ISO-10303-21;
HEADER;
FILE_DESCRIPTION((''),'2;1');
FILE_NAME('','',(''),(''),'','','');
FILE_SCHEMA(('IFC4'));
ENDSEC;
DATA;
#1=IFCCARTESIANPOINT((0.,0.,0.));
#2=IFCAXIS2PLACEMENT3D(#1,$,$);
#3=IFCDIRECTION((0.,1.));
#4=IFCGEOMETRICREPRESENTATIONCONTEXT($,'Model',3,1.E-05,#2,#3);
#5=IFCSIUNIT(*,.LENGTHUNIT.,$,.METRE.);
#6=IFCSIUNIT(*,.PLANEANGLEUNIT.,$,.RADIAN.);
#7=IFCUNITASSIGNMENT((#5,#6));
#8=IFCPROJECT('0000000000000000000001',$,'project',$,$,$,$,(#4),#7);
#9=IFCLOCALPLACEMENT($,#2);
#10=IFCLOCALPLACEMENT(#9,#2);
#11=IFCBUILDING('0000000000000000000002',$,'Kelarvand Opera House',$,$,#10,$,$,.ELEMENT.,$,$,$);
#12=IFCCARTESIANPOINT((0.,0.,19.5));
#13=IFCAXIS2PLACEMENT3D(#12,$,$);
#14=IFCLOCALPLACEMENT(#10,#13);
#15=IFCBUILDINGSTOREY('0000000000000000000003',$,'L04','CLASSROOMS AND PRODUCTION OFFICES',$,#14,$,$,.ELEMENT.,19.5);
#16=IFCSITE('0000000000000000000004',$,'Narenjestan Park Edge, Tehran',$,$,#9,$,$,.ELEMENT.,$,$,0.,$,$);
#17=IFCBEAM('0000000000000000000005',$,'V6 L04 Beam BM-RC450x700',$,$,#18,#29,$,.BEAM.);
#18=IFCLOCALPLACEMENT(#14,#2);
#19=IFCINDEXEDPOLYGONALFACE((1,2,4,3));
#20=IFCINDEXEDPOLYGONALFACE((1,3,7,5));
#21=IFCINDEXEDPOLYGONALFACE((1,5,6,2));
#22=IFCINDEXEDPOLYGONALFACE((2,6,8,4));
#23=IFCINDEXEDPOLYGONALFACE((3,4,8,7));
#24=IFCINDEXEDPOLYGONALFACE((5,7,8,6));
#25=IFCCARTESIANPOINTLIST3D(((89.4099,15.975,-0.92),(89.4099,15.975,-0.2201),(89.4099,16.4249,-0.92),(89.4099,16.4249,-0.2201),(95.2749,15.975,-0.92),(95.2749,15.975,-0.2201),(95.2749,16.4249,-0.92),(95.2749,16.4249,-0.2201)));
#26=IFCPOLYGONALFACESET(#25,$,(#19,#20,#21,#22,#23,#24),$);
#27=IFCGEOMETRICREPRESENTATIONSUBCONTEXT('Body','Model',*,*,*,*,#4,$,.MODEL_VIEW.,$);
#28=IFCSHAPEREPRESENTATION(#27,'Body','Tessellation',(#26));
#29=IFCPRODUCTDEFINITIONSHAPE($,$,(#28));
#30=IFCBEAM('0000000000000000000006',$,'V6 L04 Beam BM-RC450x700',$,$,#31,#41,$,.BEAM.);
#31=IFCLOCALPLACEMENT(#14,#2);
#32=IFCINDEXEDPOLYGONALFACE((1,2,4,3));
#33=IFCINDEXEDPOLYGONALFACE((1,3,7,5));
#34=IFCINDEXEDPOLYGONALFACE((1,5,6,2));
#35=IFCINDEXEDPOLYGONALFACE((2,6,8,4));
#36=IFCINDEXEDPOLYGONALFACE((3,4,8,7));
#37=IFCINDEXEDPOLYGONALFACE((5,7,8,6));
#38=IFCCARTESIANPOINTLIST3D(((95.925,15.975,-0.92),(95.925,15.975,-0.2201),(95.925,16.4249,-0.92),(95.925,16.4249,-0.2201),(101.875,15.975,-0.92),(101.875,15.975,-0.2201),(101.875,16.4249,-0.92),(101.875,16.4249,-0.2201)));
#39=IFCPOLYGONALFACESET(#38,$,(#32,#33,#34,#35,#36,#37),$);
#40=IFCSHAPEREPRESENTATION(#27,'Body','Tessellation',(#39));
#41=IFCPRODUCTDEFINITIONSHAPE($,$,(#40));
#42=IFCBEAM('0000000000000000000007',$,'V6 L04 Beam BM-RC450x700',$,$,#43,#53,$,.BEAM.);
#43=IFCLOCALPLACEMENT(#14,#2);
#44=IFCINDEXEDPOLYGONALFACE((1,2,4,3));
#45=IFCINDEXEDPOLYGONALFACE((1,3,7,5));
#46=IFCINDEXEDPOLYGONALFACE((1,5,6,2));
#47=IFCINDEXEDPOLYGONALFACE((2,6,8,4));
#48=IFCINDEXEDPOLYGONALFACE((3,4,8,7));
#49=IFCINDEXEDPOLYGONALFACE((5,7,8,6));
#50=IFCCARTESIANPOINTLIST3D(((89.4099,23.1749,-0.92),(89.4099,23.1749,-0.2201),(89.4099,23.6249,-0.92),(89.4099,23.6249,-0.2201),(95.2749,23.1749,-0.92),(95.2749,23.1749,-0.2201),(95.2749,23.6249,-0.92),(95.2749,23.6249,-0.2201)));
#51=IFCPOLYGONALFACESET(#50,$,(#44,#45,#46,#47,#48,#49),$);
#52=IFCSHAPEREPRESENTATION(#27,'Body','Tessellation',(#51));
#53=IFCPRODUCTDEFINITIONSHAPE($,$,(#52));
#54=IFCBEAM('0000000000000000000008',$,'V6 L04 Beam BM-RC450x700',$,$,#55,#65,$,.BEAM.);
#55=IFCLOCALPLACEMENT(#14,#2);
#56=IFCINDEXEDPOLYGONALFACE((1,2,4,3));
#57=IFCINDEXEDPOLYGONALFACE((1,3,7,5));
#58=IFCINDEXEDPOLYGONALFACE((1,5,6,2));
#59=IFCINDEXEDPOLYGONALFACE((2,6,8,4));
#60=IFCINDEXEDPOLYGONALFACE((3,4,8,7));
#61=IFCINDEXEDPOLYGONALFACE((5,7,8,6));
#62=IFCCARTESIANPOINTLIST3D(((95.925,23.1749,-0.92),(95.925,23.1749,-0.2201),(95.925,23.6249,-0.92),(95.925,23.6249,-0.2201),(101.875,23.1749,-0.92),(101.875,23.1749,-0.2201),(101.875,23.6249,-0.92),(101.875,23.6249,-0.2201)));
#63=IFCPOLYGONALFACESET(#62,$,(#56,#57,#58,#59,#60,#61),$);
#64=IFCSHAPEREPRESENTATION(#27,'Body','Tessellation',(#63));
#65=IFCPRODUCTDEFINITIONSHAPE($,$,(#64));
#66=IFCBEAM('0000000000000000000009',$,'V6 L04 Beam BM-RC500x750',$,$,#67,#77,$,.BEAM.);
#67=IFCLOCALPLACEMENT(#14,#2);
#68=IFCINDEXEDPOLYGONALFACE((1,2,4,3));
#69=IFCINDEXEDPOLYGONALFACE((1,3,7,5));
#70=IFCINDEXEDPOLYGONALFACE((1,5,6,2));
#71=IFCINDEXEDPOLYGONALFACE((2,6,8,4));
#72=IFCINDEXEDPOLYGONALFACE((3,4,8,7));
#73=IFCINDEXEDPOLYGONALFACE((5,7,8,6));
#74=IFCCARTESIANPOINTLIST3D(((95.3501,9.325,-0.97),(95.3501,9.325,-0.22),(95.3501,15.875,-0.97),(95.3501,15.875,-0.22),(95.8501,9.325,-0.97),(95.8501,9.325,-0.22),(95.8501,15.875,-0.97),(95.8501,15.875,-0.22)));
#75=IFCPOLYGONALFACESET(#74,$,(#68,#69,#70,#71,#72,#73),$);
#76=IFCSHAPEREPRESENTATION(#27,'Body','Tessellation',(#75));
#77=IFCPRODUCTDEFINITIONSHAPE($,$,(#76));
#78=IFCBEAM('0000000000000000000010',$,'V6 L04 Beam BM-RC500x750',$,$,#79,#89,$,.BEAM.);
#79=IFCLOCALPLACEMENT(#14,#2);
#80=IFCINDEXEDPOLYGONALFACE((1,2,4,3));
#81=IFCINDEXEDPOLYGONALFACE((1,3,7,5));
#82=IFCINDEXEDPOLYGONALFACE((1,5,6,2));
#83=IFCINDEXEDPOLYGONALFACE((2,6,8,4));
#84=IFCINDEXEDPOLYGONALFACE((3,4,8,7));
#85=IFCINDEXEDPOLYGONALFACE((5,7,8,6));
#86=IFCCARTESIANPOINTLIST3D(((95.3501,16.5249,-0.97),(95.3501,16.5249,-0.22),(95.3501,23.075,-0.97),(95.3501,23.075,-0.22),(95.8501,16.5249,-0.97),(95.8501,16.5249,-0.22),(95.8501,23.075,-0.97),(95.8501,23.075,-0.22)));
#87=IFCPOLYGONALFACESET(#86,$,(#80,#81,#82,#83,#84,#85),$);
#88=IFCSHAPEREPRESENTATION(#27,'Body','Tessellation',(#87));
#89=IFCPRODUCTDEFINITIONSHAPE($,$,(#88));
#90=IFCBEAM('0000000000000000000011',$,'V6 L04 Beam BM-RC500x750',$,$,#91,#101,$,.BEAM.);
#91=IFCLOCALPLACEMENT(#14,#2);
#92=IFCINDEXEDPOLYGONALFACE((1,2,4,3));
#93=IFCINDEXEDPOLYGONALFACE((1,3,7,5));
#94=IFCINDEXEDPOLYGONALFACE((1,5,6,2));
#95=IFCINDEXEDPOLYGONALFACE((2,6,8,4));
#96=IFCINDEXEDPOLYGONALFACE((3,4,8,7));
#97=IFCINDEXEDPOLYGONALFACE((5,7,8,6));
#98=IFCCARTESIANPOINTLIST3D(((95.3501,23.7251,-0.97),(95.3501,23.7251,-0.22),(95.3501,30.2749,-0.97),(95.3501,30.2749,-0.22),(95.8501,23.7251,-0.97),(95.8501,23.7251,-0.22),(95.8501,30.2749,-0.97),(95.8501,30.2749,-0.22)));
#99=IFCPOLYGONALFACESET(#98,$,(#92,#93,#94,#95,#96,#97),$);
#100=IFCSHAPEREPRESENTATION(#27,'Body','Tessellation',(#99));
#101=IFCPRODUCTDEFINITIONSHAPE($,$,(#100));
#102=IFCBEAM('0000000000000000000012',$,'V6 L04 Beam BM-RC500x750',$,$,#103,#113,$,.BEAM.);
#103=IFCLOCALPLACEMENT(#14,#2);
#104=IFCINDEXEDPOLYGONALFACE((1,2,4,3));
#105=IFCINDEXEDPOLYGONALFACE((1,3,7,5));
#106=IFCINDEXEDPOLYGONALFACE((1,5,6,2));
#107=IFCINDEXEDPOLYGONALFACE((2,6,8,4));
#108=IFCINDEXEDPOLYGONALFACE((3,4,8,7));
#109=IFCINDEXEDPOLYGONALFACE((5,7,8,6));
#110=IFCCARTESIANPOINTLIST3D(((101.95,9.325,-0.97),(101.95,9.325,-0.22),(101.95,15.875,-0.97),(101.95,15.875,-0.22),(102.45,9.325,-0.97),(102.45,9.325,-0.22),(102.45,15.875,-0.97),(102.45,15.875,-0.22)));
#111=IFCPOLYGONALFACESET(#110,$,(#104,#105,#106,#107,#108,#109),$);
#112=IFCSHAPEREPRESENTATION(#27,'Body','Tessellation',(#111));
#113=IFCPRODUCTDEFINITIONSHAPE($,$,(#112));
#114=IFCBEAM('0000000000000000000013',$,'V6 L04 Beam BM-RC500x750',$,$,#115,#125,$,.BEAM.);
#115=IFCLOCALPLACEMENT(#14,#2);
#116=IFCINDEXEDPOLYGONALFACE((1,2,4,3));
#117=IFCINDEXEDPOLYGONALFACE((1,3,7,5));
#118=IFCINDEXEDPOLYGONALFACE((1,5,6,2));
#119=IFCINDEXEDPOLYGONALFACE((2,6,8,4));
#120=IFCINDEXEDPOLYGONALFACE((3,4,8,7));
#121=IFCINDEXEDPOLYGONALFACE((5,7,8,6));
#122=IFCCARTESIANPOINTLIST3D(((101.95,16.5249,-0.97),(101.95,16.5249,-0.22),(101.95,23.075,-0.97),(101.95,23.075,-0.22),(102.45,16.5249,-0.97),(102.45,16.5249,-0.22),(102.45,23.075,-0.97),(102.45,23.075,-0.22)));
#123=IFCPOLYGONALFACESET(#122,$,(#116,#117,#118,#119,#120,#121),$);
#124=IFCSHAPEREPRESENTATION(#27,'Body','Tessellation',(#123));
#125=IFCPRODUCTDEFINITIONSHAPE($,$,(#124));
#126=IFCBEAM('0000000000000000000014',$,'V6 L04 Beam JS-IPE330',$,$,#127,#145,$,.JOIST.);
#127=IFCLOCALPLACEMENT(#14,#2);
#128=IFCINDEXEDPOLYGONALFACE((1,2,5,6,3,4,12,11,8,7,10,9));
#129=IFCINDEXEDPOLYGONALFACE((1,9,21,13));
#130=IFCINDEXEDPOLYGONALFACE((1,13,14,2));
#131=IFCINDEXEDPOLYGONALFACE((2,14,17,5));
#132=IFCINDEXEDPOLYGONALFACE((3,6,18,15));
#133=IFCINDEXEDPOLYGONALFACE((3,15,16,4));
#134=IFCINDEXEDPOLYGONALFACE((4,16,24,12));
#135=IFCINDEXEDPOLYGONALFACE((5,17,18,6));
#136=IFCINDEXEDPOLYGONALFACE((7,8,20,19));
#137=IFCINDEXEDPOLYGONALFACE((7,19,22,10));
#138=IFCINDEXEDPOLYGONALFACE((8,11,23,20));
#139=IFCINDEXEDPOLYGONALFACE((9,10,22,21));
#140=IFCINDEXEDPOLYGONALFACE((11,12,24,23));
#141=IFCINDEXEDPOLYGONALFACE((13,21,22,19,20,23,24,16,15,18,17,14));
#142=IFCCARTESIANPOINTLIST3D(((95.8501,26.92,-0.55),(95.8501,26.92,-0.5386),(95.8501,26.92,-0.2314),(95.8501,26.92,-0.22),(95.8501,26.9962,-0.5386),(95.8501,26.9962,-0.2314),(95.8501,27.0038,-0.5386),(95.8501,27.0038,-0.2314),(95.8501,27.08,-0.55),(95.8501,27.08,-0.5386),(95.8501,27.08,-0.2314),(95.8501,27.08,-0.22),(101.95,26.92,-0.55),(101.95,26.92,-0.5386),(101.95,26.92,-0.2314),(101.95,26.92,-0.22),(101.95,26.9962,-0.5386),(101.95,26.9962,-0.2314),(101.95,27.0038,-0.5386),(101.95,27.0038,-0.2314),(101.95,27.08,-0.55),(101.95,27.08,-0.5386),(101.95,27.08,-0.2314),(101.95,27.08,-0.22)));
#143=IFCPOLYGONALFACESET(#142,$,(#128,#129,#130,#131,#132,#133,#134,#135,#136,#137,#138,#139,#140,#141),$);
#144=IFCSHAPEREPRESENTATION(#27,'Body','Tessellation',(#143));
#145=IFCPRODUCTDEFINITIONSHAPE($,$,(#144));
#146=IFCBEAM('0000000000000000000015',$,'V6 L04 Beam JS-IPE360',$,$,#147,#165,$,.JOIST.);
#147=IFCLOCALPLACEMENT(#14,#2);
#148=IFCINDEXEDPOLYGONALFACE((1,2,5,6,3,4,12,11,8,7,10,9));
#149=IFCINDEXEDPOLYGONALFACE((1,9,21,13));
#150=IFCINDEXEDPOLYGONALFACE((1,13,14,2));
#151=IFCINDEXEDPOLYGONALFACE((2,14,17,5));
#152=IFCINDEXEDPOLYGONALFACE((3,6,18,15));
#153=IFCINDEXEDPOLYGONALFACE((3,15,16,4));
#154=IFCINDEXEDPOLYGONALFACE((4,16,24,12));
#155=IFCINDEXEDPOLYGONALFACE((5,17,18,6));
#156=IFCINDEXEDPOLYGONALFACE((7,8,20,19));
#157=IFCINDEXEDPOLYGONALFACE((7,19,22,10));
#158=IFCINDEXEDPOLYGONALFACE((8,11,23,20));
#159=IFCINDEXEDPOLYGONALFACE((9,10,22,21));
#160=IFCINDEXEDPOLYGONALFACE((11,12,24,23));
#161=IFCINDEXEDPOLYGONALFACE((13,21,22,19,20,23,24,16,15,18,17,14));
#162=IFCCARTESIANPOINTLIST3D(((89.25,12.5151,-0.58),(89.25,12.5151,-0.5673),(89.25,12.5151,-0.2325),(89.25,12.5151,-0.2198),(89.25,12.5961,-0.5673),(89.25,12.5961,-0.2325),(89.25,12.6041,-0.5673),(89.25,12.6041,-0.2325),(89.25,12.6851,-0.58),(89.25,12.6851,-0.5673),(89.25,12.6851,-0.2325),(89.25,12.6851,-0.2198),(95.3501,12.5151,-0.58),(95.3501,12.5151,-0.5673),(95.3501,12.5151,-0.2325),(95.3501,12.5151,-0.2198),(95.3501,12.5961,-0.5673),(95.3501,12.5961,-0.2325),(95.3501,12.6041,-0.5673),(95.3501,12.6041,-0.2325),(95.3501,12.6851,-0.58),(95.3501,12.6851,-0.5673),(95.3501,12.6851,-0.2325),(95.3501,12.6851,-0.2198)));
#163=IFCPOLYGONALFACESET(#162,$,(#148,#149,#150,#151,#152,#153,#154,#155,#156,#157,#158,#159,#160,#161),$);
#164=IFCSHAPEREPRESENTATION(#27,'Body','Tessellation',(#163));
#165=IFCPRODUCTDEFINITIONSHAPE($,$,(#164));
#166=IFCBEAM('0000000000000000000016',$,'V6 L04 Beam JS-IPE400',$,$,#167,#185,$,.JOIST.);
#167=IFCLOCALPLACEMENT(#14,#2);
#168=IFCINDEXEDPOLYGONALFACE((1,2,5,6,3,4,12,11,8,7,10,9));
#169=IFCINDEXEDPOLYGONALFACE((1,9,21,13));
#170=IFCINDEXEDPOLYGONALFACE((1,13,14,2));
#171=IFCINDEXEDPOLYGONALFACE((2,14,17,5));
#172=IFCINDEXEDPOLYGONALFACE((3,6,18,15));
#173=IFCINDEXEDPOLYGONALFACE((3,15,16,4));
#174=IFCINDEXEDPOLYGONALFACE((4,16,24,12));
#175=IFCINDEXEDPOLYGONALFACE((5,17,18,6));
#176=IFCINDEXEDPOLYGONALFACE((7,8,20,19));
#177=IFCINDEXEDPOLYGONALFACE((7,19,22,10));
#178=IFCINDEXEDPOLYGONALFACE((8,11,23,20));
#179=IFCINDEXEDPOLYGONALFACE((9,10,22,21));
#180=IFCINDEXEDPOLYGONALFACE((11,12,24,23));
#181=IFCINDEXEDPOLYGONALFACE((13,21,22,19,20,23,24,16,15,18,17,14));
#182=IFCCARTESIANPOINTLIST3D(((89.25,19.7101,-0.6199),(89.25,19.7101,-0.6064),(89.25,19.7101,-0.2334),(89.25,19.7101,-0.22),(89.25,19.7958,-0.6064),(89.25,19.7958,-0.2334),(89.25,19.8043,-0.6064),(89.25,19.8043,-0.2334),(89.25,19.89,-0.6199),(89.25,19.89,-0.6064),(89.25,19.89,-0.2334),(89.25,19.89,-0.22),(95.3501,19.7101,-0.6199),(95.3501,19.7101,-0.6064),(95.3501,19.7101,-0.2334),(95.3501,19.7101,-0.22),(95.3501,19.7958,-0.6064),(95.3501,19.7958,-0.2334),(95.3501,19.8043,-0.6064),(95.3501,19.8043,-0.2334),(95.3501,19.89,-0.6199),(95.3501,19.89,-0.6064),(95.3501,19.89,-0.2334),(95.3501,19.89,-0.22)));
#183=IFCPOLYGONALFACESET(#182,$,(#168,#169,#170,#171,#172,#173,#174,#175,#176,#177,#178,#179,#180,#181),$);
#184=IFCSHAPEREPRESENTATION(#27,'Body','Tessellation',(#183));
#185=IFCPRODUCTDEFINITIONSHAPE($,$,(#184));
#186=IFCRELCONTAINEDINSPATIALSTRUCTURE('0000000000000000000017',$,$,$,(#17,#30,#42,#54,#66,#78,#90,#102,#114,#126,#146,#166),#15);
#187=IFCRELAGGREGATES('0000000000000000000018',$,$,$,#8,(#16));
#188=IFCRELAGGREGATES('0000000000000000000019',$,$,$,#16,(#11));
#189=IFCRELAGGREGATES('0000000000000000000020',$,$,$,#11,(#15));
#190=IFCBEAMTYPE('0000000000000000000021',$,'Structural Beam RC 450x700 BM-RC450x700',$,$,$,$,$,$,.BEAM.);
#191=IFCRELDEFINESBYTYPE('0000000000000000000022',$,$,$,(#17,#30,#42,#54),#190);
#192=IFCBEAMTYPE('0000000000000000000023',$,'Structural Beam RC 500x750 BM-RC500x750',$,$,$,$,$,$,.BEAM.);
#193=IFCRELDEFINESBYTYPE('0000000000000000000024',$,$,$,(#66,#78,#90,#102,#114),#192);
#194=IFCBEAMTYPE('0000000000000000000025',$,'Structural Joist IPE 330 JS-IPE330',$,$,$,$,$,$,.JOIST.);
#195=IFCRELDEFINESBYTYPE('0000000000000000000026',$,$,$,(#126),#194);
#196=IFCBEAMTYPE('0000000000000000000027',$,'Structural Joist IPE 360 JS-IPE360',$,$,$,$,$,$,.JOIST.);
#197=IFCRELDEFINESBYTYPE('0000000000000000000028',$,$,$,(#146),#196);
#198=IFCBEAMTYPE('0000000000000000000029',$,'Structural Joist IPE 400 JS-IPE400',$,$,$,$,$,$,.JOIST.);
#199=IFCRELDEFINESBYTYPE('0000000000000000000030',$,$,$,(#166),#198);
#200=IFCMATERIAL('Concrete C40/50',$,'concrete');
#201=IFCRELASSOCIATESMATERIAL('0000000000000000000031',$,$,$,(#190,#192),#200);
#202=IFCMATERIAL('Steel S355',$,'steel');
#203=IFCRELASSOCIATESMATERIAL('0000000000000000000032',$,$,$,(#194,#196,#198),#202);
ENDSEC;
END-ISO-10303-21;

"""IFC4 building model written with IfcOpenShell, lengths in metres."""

from ifc_helpers import new_model, si_unit, direction, frame, origin, origin_2d, place, context, subcontext, project, spatial, rectangle, i_section, extrude, material, material_profile, profile_set, type_object, element, save


model = new_model("IFC4")

# Units and contexts
model_context = context("Model", 3, precision=1e-05, world=origin(), true_north=direction((0.0, 1.0)))
body_context = subcontext(model_context, "Body", "Model", "MODEL_VIEW")
ifc_project = project(units=[si_unit("LENGTHUNIT", "METRE"), si_unit("PLANEANGLEUNIT", "RADIAN")], contexts=[model_context])

# Site, building, storey
site_placement = place(None, origin())
site = spatial("IfcSite", under=ifc_project, at=site_placement, Name="Narenjestan Park Edge, Tehran", CompositionType="ELEMENT", RefElevation=0.0)
building_placement = place(site_placement, origin())
building = spatial("IfcBuilding", under=site, at=building_placement, Name="Kelarvand Opera House", CompositionType="ELEMENT")
storey_placement = place(building_placement, frame((0.0, 0.0, 19.5)))
storey = spatial("IfcBuildingStorey", under=building, at=storey_placement, Name="L04", Description="CLASSROOMS AND PRODUCTION OFFICES", CompositionType="ELEMENT", Elevation=19.5)

# Beams
ifc_material_1 = material(Name="Concrete C40/50", Category="concrete")
ifc_material_profile_1 = material_profile(ifc_material_1, rectangle(XDim=0.45, YDim=0.7, at=origin_2d()), Name="RC 450x700", Category="concrete")
ifc_profile_set_1 = profile_set([ifc_material_profile_1], Name="Concrete C40/50")
beam_type_1 = type_object("IfcBeamType", Name="Structural Beam RC 450x700 BM-RC450x700", PredefinedType="BEAM", material=ifc_profile_set_1)
beam_1_placement = place(storey_placement, frame((89.4099, 16.2, -0.5701), z_axis=(1.0, 0.0, 0.0), x_axis=(0.0, 1.0, 0.0)))
element("IfcBeam", 1, at=beam_1_placement, inside=storey, type_object=beam_type_1, Name="V6 L04 Beam BM-RC450x700", PredefinedType="BEAM", context=body_context, shape_type="SweptSolid", body=[
    extrude(rectangle(XDim=0.45, YDim=0.7, at=origin_2d()), origin(), (0.0, 0.0, 1.0), 5.865),
])
beam_2_placement = place(storey_placement, frame((95.925, 16.2, -0.5701), z_axis=(1.0, 0.0, 0.0), x_axis=(0.0, 1.0, 0.0)))
element("IfcBeam", 2, at=beam_2_placement, inside=storey, type_object=beam_type_1, Name="V6 L04 Beam BM-RC450x700", PredefinedType="BEAM", context=body_context, shape_type="SweptSolid", body=[
    extrude(rectangle(XDim=0.45, YDim=0.7, at=origin_2d()), origin(), (0.0, 0.0, 1.0), 5.95),
])
beam_3_placement = place(storey_placement, frame((89.4099, 23.3999, -0.5701), z_axis=(1.0, 0.0, 0.0), x_axis=(0.0, 1.0, 0.0)))
element("IfcBeam", 3, at=beam_3_placement, inside=storey, type_object=beam_type_1, Name="V6 L04 Beam BM-RC450x700", PredefinedType="BEAM", context=body_context, shape_type="SweptSolid", body=[
    extrude(rectangle(XDim=0.45, YDim=0.7, at=origin_2d()), origin(), (0.0, 0.0, 1.0), 5.865),
])
beam_4_placement = place(storey_placement, frame((95.925, 23.3999, -0.5701), z_axis=(1.0, 0.0, 0.0), x_axis=(0.0, 1.0, 0.0)))
element("IfcBeam", 4, at=beam_4_placement, inside=storey, type_object=beam_type_1, Name="V6 L04 Beam BM-RC450x700", PredefinedType="BEAM", context=body_context, shape_type="SweptSolid", body=[
    extrude(rectangle(XDim=0.45, YDim=0.7, at=origin_2d()), origin(), (0.0, 0.0, 1.0), 5.95),
])
ifc_material_profile_2 = material_profile(ifc_material_1, rectangle(XDim=0.5, YDim=0.75, at=origin_2d()), Name="RC 500x750", Category="concrete")
ifc_profile_set_2 = profile_set([ifc_material_profile_2], Name="Concrete C40/50")
beam_type_2 = type_object("IfcBeamType", Name="Structural Beam RC 500x750 BM-RC500x750", PredefinedType="BEAM", material=ifc_profile_set_2)
for number, where, z_axis, x_axis, name in (
    (5, (95.6001, 9.325, -0.595), (0.0, 1.0, 0.0), (-1.0, 0.0, 0.0), "V6 L04 Beam BM-RC500x750"),
    (6, (95.6001, 16.5249, -0.595), (0.0, 1.0, 0.0), (-1.0, 0.0, 0.0), "V6 L04 Beam BM-RC500x750"),
):
    element("IfcBeam", number, at=place(storey_placement, frame(where, z_axis=z_axis, x_axis=x_axis)), inside=storey, type_object=beam_type_2, Name=name, PredefinedType="BEAM", context=body_context, shape_type="SweptSolid", body=[
        extrude(rectangle(XDim=0.5, YDim=0.75, at=origin_2d()), origin(), (0.0, 0.0, 1.0), 6.55),
    ])
beam_5_placement = place(storey_placement, frame((95.6001, 23.7251, -0.595), z_axis=(0.0, 1.0, 0.0), x_axis=(-1.0, 0.0, 0.0)))
element("IfcBeam", 7, at=beam_5_placement, inside=storey, type_object=beam_type_2, Name="V6 L04 Beam BM-RC500x750", PredefinedType="BEAM", context=body_context, shape_type="SweptSolid", body=[
    extrude(rectangle(XDim=0.5, YDim=0.75, at=origin_2d()), origin(), (0.0, 0.0, 1.0), 6.5498),
])
for number, where, z_axis, x_axis, name in (
    (8, (102.2, 9.325, -0.595), (0.0, 1.0, 0.0), (-1.0, 0.0, 0.0), "V6 L04 Beam BM-RC500x750"),
    (9, (102.2, 16.5249, -0.595), (0.0, 1.0, 0.0), (-1.0, 0.0, 0.0), "V6 L04 Beam BM-RC500x750"),
):
    element("IfcBeam", number, at=place(storey_placement, frame(where, z_axis=z_axis, x_axis=x_axis)), inside=storey, type_object=beam_type_2, Name=name, PredefinedType="BEAM", context=body_context, shape_type="SweptSolid", body=[
        extrude(rectangle(XDim=0.5, YDim=0.75, at=origin_2d()), origin(), (0.0, 0.0, 1.0), 6.55),
    ])
ifc_material_2 = material(Name="Steel S355", Category="steel")
ifc_material_profile_3 = material_profile(ifc_material_2, i_section(OverallWidth=0.1599, OverallDepth=0.3301, WebThickness=0.0076, FlangeThickness=0.0115, at=origin_2d()), Name="IPE 330", Category="steel")
ifc_profile_set_3 = profile_set([ifc_material_profile_3], Name="Steel S355")
beam_type_3 = type_object("IfcBeamType", Name="Structural Joist IPE 330 JS-IPE330", PredefinedType="JOIST", material=ifc_profile_set_3)
beam_6_placement = place(storey_placement, frame((95.8501, 27.0, -0.385), z_axis=(1.0, 0.0, 0.0), x_axis=(0.0, 1.0, 0.0)))
element("IfcBeam", 10, at=beam_6_placement, inside=storey, type_object=beam_type_3, Name="V6 L04 Beam JS-IPE330", PredefinedType="JOIST", context=body_context, shape_type="SweptSolid", body=[
    extrude(i_section(OverallWidth=0.1599, OverallDepth=0.3301, WebThickness=0.0076, FlangeThickness=0.0115, at=origin_2d()), origin(), (0.0, 0.0, 1.0), 6.0999),
])
ifc_material_profile_4 = material_profile(ifc_material_2, i_section(OverallWidth=0.1699, OverallDepth=0.3601, WebThickness=0.0081, FlangeThickness=0.0127, at=origin_2d()), Name="IPE 360", Category="steel")
ifc_profile_set_4 = profile_set([ifc_material_profile_4], Name="Steel S355")
beam_type_4 = type_object("IfcBeamType", Name="Structural Joist IPE 360 JS-IPE360", PredefinedType="JOIST", material=ifc_profile_set_4)
beam_7_placement = place(storey_placement, frame((89.25, 12.6001, -0.3999), z_axis=(1.0, 0.0, 0.0), x_axis=(0.0, 1.0, 0.0)))
element("IfcBeam", 11, at=beam_7_placement, inside=storey, type_object=beam_type_4, Name="V6 L04 Beam JS-IPE360", PredefinedType="JOIST", context=body_context, shape_type="SweptSolid", body=[
    extrude(i_section(OverallWidth=0.1699, OverallDepth=0.3601, WebThickness=0.0081, FlangeThickness=0.0127, at=origin_2d()), origin(), (0.0, 0.0, 1.0), 6.1001),
])
ifc_material_profile_5 = material_profile(ifc_material_2, i_section(OverallWidth=0.1799, OverallDepth=0.3999, WebThickness=0.0085, FlangeThickness=0.0134, at=origin_2d()), Name="IPE 400", Category="steel")
ifc_profile_set_5 = profile_set([ifc_material_profile_5], Name="Steel S355")
beam_type_5 = type_object("IfcBeamType", Name="Structural Joist IPE 400 JS-IPE400", PredefinedType="JOIST", material=ifc_profile_set_5)
beam_8_placement = place(storey_placement, frame((89.25, 19.8, -0.4199), z_axis=(1.0, 0.0, 0.0), x_axis=(0.0, 1.0, 0.0)))
element("IfcBeam", 12, at=beam_8_placement, inside=storey, type_object=beam_type_5, Name="V6 L04 Beam JS-IPE400", PredefinedType="JOIST", context=body_context, shape_type="SweptSolid", body=[
    extrude(i_section(OverallWidth=0.1799, OverallDepth=0.3999, WebThickness=0.0085, FlangeThickness=0.0134, at=origin_2d()), origin(), (0.0, 0.0, 1.0), 6.1001),
])

save(model, "model.ifc")
